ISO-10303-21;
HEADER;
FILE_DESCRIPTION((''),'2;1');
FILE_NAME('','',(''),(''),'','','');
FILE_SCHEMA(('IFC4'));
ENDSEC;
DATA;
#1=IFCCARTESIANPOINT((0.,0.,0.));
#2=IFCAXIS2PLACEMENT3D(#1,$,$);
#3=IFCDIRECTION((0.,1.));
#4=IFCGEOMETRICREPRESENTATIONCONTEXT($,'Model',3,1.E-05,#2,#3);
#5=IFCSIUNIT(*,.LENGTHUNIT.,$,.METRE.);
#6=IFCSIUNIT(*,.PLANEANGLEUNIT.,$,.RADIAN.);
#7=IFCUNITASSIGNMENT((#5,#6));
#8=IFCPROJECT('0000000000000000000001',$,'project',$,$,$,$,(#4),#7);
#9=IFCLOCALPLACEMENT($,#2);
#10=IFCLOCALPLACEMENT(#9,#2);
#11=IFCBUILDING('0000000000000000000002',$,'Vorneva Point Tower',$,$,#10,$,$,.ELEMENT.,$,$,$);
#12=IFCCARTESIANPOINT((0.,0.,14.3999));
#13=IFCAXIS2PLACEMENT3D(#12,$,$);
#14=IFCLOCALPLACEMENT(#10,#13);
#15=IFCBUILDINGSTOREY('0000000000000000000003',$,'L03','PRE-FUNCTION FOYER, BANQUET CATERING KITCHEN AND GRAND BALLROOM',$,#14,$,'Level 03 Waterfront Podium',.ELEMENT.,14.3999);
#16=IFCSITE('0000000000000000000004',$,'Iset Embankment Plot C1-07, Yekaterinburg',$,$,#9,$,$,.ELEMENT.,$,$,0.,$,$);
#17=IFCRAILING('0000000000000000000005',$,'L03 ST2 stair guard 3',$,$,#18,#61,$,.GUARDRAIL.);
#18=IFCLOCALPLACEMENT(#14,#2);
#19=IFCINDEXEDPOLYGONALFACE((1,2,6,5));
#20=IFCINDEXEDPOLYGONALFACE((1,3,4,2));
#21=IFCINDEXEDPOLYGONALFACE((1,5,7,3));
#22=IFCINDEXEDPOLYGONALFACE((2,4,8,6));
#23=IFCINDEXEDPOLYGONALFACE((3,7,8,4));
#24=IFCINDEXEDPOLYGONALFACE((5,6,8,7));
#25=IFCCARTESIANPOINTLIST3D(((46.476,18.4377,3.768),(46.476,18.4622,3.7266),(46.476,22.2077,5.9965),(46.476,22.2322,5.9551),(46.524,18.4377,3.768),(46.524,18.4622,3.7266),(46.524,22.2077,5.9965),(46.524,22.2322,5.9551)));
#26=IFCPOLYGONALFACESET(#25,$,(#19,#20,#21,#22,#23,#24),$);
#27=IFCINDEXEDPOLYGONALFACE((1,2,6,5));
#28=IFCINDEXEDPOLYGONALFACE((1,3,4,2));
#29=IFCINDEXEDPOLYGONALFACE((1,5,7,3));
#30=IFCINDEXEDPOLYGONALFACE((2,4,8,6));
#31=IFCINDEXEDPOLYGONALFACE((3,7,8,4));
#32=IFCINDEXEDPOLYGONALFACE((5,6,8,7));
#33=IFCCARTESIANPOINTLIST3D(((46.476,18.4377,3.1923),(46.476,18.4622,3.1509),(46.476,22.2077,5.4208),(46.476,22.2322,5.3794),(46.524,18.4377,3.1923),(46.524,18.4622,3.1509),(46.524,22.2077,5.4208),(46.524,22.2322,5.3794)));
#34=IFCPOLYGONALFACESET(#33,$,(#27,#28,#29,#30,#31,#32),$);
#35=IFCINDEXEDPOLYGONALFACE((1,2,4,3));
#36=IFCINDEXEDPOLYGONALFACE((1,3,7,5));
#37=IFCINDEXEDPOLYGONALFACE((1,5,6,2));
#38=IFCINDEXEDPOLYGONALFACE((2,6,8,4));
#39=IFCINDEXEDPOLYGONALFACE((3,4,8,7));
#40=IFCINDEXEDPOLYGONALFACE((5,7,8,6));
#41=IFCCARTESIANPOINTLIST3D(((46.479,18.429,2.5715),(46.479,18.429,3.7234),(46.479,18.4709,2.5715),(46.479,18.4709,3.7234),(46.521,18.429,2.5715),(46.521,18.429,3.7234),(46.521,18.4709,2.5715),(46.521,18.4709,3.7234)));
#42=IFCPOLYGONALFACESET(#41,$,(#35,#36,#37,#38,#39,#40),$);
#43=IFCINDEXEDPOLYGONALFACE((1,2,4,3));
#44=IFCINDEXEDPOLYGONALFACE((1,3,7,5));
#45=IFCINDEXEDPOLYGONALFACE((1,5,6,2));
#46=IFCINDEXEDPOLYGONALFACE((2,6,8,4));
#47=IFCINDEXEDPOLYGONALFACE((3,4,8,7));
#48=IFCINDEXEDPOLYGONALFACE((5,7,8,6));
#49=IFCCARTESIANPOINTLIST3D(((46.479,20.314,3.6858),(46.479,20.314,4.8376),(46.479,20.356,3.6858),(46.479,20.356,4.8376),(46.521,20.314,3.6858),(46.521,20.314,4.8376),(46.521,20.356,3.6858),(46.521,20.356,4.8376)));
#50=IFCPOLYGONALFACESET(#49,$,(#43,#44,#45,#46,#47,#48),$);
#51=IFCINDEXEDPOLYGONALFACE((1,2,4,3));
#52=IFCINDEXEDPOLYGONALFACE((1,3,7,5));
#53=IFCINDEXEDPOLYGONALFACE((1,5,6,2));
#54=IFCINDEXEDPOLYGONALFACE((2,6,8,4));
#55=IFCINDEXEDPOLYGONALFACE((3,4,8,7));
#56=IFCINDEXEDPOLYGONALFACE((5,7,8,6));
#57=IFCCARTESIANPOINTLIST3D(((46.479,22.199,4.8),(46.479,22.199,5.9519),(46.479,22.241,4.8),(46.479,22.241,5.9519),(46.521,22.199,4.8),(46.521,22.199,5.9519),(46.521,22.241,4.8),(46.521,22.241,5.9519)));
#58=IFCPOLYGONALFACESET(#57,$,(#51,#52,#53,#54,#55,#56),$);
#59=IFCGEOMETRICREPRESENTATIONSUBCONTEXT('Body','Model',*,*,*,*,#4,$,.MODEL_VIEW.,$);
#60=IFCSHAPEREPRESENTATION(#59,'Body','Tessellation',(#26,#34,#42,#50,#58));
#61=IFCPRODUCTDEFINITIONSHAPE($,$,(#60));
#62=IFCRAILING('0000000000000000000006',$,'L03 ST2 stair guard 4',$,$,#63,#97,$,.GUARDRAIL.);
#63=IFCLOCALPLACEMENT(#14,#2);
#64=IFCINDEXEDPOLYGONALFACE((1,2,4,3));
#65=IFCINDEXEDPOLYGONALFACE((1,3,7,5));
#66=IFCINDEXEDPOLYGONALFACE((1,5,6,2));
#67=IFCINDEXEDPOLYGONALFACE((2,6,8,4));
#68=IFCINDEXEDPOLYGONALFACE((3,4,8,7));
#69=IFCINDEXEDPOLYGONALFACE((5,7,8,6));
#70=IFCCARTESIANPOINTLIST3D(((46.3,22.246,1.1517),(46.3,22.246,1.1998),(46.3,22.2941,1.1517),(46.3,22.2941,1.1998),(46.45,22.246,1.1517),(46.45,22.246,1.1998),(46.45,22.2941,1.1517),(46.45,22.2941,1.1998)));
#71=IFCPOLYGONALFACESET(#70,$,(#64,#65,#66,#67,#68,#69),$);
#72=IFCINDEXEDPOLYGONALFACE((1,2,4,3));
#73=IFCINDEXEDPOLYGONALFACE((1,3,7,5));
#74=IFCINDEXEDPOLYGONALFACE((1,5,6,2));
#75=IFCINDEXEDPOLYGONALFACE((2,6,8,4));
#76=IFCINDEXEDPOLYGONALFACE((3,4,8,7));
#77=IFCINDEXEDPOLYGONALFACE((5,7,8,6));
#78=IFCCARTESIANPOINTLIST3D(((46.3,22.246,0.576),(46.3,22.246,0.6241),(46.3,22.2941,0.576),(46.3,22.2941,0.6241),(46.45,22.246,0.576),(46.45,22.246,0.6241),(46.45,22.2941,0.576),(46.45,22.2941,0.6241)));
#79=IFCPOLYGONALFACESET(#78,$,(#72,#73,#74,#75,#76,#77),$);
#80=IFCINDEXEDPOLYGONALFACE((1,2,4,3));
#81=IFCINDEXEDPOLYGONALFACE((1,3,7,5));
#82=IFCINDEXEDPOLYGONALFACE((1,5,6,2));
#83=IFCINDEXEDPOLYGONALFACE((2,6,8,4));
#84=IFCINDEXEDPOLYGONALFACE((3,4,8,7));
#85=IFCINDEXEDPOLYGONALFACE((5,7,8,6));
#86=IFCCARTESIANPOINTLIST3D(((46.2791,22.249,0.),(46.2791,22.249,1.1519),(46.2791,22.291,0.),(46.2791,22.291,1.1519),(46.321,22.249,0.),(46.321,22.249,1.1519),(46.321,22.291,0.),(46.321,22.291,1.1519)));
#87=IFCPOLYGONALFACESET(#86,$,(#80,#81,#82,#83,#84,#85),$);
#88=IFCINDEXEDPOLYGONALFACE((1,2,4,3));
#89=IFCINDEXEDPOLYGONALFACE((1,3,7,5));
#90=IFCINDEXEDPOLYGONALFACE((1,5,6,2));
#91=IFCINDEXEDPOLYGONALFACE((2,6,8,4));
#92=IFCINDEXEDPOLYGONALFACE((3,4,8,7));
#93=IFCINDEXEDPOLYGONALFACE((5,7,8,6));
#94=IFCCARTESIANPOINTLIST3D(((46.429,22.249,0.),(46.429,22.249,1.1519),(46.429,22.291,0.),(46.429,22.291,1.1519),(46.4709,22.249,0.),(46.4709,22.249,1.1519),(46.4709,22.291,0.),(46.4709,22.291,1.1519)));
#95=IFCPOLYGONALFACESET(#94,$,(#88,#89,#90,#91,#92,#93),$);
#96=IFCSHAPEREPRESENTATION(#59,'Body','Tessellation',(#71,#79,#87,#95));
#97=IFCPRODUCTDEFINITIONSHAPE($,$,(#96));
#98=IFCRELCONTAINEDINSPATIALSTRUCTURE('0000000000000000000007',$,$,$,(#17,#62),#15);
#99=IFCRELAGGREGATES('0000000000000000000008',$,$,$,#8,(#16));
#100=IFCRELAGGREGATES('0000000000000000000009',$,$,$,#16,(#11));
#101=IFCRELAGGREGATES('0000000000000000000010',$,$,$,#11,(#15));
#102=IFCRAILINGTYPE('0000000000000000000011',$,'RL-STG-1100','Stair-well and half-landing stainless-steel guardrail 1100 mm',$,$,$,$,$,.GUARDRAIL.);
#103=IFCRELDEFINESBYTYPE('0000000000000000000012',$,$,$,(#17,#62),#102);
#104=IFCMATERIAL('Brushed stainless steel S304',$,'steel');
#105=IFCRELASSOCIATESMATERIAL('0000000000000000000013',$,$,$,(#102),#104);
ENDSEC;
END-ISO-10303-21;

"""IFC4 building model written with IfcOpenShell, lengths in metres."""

from ifc_helpers import new_model, si_unit, direction, frame, origin, origin_2d, place, context, subcontext, project, spatial, rectangle, extrude, material, type_object, element, save


model = new_model("IFC4")

# Units and contexts
model_context = context("Model", 3, precision=1e-05, world=origin(), true_north=direction((0.0, 1.0)))
body_context = subcontext(model_context, "Body", "Model", "MODEL_VIEW")
ifc_project = project(units=[si_unit("LENGTHUNIT", "METRE"), si_unit("PLANEANGLEUNIT", "RADIAN")], contexts=[model_context])

# Site, building, storey
site_placement = place(None, origin())
site = spatial("IfcSite", under=ifc_project, at=site_placement, Name="Iset Embankment Plot C1-07, Yekaterinburg", CompositionType="ELEMENT", RefElevation=0.0)
building_placement = place(site_placement, origin())
building = spatial("IfcBuilding", under=site, at=building_placement, Name="Vorneva Point Tower", CompositionType="ELEMENT")
storey_placement = place(building_placement, frame((0.0, 0.0, 14.3999)))
storey = spatial("IfcBuildingStorey", under=building, at=storey_placement, Name="L03", Description="PRE-FUNCTION FOYER, BANQUET CATERING KITCHEN AND GRAND BALLROOM", LongName="Level 03 Waterfront Podium", CompositionType="ELEMENT", Elevation=14.3999)

# Railings
ifc_material_1 = material(Name="Brushed stainless steel S304", Category="steel")
railing_type_1 = type_object("IfcRailingType", Name="RL-STG-1100", Description="Stair-well and half-landing stainless-steel guardrail 1100 mm", PredefinedType="GUARDRAIL", material=ifc_material_1)
railing_1_placement = place(storey_placement, frame((46.5, 18.45, 2.5715)))
element("IfcRailing", 1, at=railing_1_placement, inside=storey, type_object=railing_type_1, Name="L03 ST2 stair guard 3", PredefinedType="GUARDRAIL", context=body_context, shape_type="SweptSolid", body=[
    extrude(rectangle(XDim=0.0481, YDim=0.0481, at=origin_2d()), frame((0.0, 0.0, 1.1758), z_axis=(0.0, 0.860849, 0.508861), x_axis=(-1.0, 0.0, 0.0)), (0.0, 0.0, 1.0), 4.3794),
    extrude(rectangle(XDim=0.0481, YDim=0.0481, at=origin_2d()), frame((0.0, 0.0, 0.6001), z_axis=(0.0, 0.860849, 0.508861), x_axis=(-1.0, 0.0, 0.0)), (0.0, 0.0, 1.0), 4.3794),
    extrude(rectangle(XDim=0.042, YDim=0.042, at=origin_2d()), origin(), (0.0, 0.0, 1.0), 1.1519),
    extrude(rectangle(XDim=0.042, YDim=0.042, at=origin_2d()), frame((0.0, 1.885, 1.1143)), (0.0, 0.0, 1.0), 1.1519),
    extrude(rectangle(XDim=0.042, YDim=0.042, at=origin_2d()), frame((0.0, 3.77, 2.2285)), (0.0, 0.0, 1.0), 1.1519),
])
railing_2_placement = place(storey_placement, frame((46.3, 22.27, 0.0)))
element("IfcRailing", 2, at=railing_2_placement, inside=storey, type_object=railing_type_1, Name="L03 ST2 stair guard 4", PredefinedType="GUARDRAIL", context=body_context, shape_type="SweptSolid", body=[
    extrude(rectangle(XDim=0.0481, YDim=0.0481, at=origin_2d()), frame((0.0, 0.0, 1.1758), z_axis=(1.0, 0.0, 0.0), x_axis=(0.0, 1.0, 0.0)), (0.0, 0.0, 1.0), 0.1499),
    extrude(rectangle(XDim=0.0481, YDim=0.0481, at=origin_2d()), frame((0.0, 0.0, 0.6001), z_axis=(1.0, 0.0, 0.0), x_axis=(0.0, 1.0, 0.0)), (0.0, 0.0, 1.0), 0.1499),
    extrude(rectangle(XDim=0.042, YDim=0.042, at=origin_2d()), origin(), (0.0, 0.0, 1.0), 1.1519),
    extrude(rectangle(XDim=0.042, YDim=0.042, at=origin_2d()), frame((0.1499, 0.0, 0.0)), (0.0, 0.0, 1.0), 1.1519),
])

save(model, "model.ifc")
